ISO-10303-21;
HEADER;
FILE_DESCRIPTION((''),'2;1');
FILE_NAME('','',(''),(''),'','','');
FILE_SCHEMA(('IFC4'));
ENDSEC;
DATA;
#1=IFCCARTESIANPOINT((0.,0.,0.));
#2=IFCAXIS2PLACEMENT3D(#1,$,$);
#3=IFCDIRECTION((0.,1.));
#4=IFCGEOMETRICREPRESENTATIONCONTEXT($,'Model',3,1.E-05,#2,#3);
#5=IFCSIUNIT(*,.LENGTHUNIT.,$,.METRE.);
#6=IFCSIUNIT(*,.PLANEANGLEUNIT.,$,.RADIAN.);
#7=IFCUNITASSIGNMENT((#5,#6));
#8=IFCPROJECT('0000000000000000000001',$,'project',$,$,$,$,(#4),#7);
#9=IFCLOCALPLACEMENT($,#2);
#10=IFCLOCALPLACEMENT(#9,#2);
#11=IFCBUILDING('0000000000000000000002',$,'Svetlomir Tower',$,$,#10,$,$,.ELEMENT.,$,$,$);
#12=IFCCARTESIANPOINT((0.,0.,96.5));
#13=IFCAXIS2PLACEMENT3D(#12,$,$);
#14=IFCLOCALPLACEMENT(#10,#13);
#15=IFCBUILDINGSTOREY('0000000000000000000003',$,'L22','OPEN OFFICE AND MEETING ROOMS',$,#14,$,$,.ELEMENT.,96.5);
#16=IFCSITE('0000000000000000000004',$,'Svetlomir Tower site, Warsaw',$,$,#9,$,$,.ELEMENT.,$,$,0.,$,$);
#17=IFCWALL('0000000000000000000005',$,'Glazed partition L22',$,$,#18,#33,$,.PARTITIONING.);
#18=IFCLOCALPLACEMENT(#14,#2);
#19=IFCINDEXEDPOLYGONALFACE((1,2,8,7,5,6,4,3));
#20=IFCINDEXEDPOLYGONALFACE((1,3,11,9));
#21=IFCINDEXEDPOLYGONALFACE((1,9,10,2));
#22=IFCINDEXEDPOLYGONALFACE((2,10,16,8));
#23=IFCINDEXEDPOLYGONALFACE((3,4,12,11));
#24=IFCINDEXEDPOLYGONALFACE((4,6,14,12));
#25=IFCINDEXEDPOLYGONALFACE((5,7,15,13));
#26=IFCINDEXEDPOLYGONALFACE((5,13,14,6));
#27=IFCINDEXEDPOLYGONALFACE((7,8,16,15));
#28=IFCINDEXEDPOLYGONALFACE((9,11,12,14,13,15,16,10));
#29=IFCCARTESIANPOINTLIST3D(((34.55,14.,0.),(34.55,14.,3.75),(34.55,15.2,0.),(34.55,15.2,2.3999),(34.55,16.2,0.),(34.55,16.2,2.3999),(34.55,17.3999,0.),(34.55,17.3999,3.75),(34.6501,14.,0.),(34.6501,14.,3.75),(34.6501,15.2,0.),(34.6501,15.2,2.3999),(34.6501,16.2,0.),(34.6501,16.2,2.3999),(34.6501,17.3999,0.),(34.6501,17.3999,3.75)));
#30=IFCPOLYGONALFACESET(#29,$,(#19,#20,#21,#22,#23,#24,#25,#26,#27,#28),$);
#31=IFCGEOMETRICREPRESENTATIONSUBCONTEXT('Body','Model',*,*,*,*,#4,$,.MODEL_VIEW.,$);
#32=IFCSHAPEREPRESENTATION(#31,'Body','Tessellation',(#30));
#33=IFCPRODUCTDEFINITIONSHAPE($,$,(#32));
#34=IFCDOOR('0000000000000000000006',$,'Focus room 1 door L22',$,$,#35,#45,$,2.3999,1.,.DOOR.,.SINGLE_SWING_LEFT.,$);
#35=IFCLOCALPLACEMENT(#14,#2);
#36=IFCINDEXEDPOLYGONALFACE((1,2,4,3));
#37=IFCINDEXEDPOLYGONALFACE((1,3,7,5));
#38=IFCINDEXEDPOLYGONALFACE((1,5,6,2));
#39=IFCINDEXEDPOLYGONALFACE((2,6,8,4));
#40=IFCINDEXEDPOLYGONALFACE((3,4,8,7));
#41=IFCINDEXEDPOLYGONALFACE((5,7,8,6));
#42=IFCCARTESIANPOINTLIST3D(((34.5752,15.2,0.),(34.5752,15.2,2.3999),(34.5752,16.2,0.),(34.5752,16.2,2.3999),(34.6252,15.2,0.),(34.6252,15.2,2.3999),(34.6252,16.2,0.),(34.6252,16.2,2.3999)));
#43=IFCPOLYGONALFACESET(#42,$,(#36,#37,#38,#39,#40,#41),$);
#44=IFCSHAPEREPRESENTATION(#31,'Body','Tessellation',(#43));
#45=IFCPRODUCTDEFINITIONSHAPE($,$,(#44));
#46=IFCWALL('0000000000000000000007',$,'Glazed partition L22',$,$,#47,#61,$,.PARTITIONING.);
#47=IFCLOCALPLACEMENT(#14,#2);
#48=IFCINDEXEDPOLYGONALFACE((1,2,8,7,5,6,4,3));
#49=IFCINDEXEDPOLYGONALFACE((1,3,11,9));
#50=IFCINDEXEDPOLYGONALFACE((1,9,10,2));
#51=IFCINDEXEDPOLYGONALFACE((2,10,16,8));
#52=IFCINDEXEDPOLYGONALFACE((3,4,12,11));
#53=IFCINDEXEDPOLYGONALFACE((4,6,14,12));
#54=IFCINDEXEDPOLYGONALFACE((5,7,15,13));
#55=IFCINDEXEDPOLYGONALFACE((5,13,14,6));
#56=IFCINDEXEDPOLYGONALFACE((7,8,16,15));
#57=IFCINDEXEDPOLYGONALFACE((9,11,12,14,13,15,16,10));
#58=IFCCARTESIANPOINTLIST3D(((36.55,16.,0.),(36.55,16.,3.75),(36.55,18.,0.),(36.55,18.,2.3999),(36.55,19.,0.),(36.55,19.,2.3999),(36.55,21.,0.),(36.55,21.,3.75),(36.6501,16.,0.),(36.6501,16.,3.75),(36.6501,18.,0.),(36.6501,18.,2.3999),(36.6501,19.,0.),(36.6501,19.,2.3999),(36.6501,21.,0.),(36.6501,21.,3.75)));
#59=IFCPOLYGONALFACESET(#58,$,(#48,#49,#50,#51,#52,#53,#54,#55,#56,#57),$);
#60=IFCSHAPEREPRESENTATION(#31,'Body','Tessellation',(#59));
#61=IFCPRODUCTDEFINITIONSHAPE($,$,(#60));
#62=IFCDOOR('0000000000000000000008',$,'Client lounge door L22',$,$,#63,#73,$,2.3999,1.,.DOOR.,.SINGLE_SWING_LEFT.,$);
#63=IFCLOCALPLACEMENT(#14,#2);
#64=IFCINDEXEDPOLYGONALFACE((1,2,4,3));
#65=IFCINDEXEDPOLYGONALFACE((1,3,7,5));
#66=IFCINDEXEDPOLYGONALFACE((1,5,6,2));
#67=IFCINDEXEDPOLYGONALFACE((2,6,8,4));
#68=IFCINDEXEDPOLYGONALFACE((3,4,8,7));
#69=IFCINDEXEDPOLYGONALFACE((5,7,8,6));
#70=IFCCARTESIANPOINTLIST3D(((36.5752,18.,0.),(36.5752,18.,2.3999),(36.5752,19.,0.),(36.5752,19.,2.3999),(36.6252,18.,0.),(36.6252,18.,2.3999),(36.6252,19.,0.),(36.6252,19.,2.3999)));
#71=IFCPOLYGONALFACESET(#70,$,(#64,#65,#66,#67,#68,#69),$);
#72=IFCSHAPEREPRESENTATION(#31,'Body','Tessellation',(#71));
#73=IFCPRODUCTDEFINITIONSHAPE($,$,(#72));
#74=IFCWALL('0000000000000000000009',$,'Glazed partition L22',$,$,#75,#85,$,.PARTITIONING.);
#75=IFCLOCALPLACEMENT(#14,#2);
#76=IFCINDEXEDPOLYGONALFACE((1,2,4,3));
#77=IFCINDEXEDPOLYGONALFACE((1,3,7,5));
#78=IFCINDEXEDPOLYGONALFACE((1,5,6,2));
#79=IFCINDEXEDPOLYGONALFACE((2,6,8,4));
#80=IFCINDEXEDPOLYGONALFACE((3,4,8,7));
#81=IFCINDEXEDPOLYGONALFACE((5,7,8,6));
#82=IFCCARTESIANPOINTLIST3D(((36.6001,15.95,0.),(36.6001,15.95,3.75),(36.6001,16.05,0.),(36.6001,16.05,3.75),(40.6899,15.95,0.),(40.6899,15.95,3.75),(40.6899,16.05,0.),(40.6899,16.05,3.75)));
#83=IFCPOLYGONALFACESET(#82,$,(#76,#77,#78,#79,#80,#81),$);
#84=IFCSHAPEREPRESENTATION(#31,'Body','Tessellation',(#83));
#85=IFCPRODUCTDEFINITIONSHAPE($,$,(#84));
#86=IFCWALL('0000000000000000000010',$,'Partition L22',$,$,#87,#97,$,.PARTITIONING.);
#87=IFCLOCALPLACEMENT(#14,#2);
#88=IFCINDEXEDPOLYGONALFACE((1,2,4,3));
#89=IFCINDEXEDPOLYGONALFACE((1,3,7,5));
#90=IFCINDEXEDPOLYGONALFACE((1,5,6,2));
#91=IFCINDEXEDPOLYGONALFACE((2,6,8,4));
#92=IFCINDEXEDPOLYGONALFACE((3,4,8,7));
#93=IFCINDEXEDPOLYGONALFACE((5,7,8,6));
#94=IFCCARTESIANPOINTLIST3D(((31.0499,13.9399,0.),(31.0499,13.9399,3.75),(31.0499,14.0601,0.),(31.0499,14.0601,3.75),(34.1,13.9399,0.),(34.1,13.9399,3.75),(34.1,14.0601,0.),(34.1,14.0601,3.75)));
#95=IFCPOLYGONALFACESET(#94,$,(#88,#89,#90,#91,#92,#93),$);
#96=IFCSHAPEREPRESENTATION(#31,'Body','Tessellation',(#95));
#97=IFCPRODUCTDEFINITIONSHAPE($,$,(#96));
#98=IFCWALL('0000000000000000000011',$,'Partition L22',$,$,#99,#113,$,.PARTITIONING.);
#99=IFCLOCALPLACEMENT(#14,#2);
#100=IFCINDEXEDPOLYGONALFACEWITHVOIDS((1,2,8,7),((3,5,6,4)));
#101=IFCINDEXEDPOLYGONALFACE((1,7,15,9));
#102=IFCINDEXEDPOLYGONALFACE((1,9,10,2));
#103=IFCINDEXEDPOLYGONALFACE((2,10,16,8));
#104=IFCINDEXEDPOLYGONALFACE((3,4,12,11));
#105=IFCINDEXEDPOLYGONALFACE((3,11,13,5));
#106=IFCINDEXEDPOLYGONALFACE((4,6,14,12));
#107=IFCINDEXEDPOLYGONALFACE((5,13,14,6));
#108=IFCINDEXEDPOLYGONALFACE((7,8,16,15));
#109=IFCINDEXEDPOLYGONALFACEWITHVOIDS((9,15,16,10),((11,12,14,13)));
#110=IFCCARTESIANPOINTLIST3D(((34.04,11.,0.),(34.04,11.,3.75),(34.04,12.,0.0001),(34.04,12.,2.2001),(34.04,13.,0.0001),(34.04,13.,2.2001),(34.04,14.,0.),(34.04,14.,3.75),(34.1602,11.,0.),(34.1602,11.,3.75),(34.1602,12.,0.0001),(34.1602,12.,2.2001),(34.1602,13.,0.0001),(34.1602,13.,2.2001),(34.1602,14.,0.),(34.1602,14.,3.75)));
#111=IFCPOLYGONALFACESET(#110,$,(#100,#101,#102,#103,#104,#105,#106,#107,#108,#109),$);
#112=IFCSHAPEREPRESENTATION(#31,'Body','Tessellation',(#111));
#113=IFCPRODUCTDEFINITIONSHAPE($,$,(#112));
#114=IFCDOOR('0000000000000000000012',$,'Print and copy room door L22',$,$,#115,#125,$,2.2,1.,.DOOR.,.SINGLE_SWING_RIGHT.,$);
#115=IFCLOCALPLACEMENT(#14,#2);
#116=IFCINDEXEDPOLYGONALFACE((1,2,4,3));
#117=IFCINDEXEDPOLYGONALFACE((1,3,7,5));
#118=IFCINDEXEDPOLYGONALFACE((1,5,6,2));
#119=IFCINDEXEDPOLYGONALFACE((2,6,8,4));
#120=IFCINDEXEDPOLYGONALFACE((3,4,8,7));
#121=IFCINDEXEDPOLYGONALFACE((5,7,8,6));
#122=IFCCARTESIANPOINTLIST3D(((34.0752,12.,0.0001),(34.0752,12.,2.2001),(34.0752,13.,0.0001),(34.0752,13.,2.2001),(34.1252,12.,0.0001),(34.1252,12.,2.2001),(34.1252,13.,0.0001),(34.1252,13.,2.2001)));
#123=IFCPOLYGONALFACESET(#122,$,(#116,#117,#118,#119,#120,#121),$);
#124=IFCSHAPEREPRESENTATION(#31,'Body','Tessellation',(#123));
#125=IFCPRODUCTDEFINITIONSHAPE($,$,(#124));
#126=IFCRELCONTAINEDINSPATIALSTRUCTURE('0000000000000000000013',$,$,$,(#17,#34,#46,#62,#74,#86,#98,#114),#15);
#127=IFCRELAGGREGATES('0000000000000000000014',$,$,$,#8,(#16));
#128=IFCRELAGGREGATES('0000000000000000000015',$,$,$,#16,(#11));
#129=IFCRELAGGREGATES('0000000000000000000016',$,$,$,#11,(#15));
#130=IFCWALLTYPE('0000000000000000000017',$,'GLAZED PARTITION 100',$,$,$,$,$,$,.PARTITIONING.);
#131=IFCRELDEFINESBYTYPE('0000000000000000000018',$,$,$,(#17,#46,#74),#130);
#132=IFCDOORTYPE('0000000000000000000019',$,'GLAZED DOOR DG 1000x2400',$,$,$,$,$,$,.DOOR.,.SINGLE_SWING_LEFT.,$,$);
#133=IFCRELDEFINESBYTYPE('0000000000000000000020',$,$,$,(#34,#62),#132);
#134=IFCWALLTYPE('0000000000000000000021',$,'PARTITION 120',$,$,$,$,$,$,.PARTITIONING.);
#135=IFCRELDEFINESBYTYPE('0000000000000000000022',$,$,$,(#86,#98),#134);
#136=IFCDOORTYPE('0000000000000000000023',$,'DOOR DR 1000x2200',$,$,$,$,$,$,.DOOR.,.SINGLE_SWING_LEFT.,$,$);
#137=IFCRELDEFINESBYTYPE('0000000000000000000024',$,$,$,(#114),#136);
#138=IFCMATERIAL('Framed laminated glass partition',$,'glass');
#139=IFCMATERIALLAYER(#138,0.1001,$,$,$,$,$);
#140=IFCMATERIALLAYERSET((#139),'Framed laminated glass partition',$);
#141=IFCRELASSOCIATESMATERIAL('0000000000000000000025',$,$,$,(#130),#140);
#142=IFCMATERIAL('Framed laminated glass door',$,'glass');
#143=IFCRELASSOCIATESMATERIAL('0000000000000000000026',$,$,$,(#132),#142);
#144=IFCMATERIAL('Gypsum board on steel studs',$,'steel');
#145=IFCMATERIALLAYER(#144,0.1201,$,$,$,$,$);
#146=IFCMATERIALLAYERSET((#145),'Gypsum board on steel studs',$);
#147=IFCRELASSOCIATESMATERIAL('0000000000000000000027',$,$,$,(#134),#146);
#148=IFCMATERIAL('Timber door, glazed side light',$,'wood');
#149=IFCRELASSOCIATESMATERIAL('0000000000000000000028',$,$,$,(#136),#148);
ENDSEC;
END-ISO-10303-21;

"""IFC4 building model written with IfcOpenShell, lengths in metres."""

from ifc_helpers import new_model, si_unit, direction, frame, frame_2d, origin, place, context, subcontext, project, spatial, rectangle, extrude, material, layer, layer_set, type_object, element, fill, save


model = new_model("IFC4")

# Units and contexts
model_context = context("Model", 3, precision=1e-05, world=origin(), true_north=direction((0.0, 1.0)))
body_context = subcontext(model_context, "Body", "Model", "MODEL_VIEW")
ifc_project = project(units=[si_unit("LENGTHUNIT", "METRE"), si_unit("PLANEANGLEUNIT", "RADIAN")], contexts=[model_context])

# Site, building, storey
site_placement = place(None, origin())
site = spatial("IfcSite", under=ifc_project, at=site_placement, Name="Svetlomir Tower site, Warsaw", CompositionType="ELEMENT", RefElevation=0.0)
building_placement = place(site_placement, origin())
building = spatial("IfcBuilding", under=site, at=building_placement, Name="Svetlomir Tower", CompositionType="ELEMENT")
storey_placement = place(building_placement, frame((0.0, 0.0, 96.5)))
storey = spatial("IfcBuildingStorey", under=building, at=storey_placement, Name="L22", Description="OPEN OFFICE AND MEETING ROOMS", CompositionType="ELEMENT", Elevation=96.5)

# Shared definitions
ifc_material_1 = material(Name="Framed laminated glass partition", Category="glass")
ifc_layer_1 = layer(ifc_material_1, 0.1001)
ifc_layer_set_1 = layer_set([ifc_layer_1], Name="Framed laminated glass partition")
wall_type_1 = type_object("IfcWallType", Name="GLAZED PARTITION 100", PredefinedType="PARTITIONING", material=ifc_layer_set_1)

# Walls, openings, doors
wall_1_placement = place(storey_placement, frame((34.6001, 14.0, 0.0), z_axis=(0.0, 0.0, 1.0), x_axis=(0.0, 1.0, 0.0)))
wall_1 = element("IfcWall", 1, at=wall_1_placement, inside=storey, type_object=wall_type_1, Name="Glazed partition L22", PredefinedType="PARTITIONING", context=body_context, shape_type="SweptSolid", body=[
    extrude(rectangle(XDim=3.3999, YDim=0.1001, at=frame_2d((1.7, 0.0))), origin(), (0.0, 0.0, 1.0), 3.75),
])
opening_1_placement = place(wall_1_placement, frame((1.2, 0.0, 0.0)))
opening_1 = element("IfcOpeningElement", 2, at=opening_1_placement, cuts=wall_1, PredefinedType="OPENING", context=body_context, shape_type="SweptSolid", body=[
    extrude(rectangle(XDim=1.0, YDim=2.3999, at=frame_2d((0.5, 1.2))), frame((0.0, 0.0601, 0.0), z_axis=(0.0, -1.0, 0.0), x_axis=(1.0, 0.0, 0.0)), (0.0, 0.0, 1.0), 0.1201),
])
ifc_material_2 = material(Name="Framed laminated glass door", Category="glass")
door_type_1 = type_object("IfcDoorType", Name="GLAZED DOOR DG 1000x2400", OperationType="SINGLE_SWING_LEFT", PredefinedType="DOOR", material=ifc_material_2)
door_1_placement = place(opening_1_placement, origin())
door_1 = element("IfcDoor", 3, at=door_1_placement, inside=storey, type_object=door_type_1, Name="Focus room 1 door L22", OperationType="SINGLE_SWING_LEFT", OverallHeight=2.3999, OverallWidth=1.0, PredefinedType="DOOR", context=body_context, shape_type="SweptSolid", body=[
    extrude(rectangle(XDim=1.0, YDim=2.3999, at=frame_2d((0.5, 1.2))), frame((0.0, 0.0249, 0.0), z_axis=(0.0, -1.0, 0.0), x_axis=(1.0, 0.0, 0.0)), (0.0, 0.0, 1.0), 0.05),
])
fill(opening_1, door_1)
wall_2_placement = place(storey_placement, frame((36.6001, 16.0, 0.0), z_axis=(0.0, 0.0, 1.0), x_axis=(0.0, 1.0, 0.0)))
wall_2 = element("IfcWall", 4, at=wall_2_placement, inside=storey, type_object=wall_type_1, Name="Glazed partition L22", PredefinedType="PARTITIONING", context=body_context, shape_type="SweptSolid", body=[
    extrude(rectangle(XDim=5.0, YDim=0.1001, at=frame_2d((2.5, 0.0))), origin(), (0.0, 0.0, 1.0), 3.75),
])
opening_2_placement = place(wall_2_placement, frame((2.0, 0.0, 0.0)))
opening_2 = element("IfcOpeningElement", 5, at=opening_2_placement, cuts=wall_2, PredefinedType="OPENING", context=body_context, shape_type="SweptSolid", body=[
    extrude(rectangle(XDim=1.0, YDim=2.3999, at=frame_2d((0.5, 1.2))), frame((0.0, 0.0601, 0.0), z_axis=(0.0, -1.0, 0.0), x_axis=(1.0, 0.0, 0.0)), (0.0, 0.0, 1.0), 0.1201),
])
door_2_placement = place(opening_2_placement, origin())
door_2 = element("IfcDoor", 6, at=door_2_placement, inside=storey, type_object=door_type_1, Name="Client lounge door L22", OperationType="SINGLE_SWING_LEFT", OverallHeight=2.3999, OverallWidth=1.0, PredefinedType="DOOR", context=body_context, shape_type="SweptSolid", body=[
    extrude(rectangle(XDim=1.0, YDim=2.3999, at=frame_2d((0.5, 1.2))), frame((0.0, 0.0249, 0.0), z_axis=(0.0, -1.0, 0.0), x_axis=(1.0, 0.0, 0.0)), (0.0, 0.0, 1.0), 0.05),
])
fill(opening_2, door_2)

# Walls
wall_3_placement = place(storey_placement, frame((36.6001, 16.0, 0.0), z_axis=(0.0, 0.0, 1.0), x_axis=(1.0, 0.0, 0.0)))
element("IfcWall", 7, at=wall_3_placement, inside=storey, type_object=wall_type_1, Name="Glazed partition L22", PredefinedType="PARTITIONING", context=body_context, shape_type="SweptSolid", body=[
    extrude(rectangle(XDim=4.0898, YDim=0.1001, at=frame_2d((2.0449, 0.0))), origin(), (0.0, 0.0, 1.0), 3.75),
])
ifc_material_3 = material(Name="Gypsum board on steel studs", Category="steel")
ifc_layer_2 = layer(ifc_material_3, 0.1201)
ifc_layer_set_2 = layer_set([ifc_layer_2], Name="Gypsum board on steel studs")
wall_type_2 = type_object("IfcWallType", Name="PARTITION 120", PredefinedType="PARTITIONING", material=ifc_layer_set_2)
wall_4_placement = place(storey_placement, frame((31.05, 14.0, 0.0), z_axis=(0.0, 0.0, 1.0), x_axis=(1.0, 0.0, 0.0)))
element("IfcWall", 8, at=wall_4_placement, inside=storey, type_object=wall_type_2, Name="Partition L22", PredefinedType="PARTITIONING", context=body_context, shape_type="SweptSolid", body=[
    extrude(rectangle(XDim=3.05, YDim=0.1201, at=frame_2d((1.5249, 0.0))), origin(), (0.0, 0.0, 1.0), 3.75),
])

# Wall, opening, door
wall_5_placement = place(storey_placement, frame((34.1001, 11.0, 0.0), z_axis=(0.0, 0.0, 1.0), x_axis=(0.0, 1.0, 0.0)))
wall_5 = element("IfcWall", 9, at=wall_5_placement, inside=storey, type_object=wall_type_2, Name="Partition L22", PredefinedType="PARTITIONING", context=body_context, shape_type="SweptSolid", body=[
    extrude(rectangle(XDim=3.0, YDim=0.1201, at=frame_2d((1.5, 0.0))), origin(), (0.0, 0.0, 1.0), 3.75),
])
opening_3_placement = place(wall_5_placement, frame((1.0, 0.0, 0.0)))
opening_3 = element("IfcOpeningElement", 10, at=opening_3_placement, cuts=wall_5, PredefinedType="OPENING", context=body_context, shape_type="SweptSolid", body=[
    extrude(rectangle(XDim=1.0, YDim=2.2, at=frame_2d((0.5, 1.1001))), frame((0.0, 0.0701, 0.0), z_axis=(0.0, -1.0, 0.0), x_axis=(1.0, 0.0, 0.0)), (0.0, 0.0, 1.0), 0.1401),
])
ifc_material_4 = material(Name="Timber door, glazed side light", Category="wood")
door_type_2 = type_object("IfcDoorType", Name="DOOR DR 1000x2200", OperationType="SINGLE_SWING_LEFT", PredefinedType="DOOR", material=ifc_material_4)
door_3_placement = place(opening_3_placement, origin())
door_3 = element("IfcDoor", 11, at=door_3_placement, inside=storey, type_object=door_type_2, Name="Print and copy room door L22", OperationType="SINGLE_SWING_RIGHT", OverallHeight=2.2, OverallWidth=1.0, PredefinedType="DOOR", context=body_context, shape_type="SweptSolid", body=[
    extrude(rectangle(XDim=1.0, YDim=2.2, at=frame_2d((0.5, 1.1001))), frame((0.0, 0.0249, 0.0), z_axis=(0.0, -1.0, 0.0), x_axis=(1.0, 0.0, 0.0)), (0.0, 0.0, 1.0), 0.05),
])
fill(opening_3, door_3)

save(model, "model.ifc")
